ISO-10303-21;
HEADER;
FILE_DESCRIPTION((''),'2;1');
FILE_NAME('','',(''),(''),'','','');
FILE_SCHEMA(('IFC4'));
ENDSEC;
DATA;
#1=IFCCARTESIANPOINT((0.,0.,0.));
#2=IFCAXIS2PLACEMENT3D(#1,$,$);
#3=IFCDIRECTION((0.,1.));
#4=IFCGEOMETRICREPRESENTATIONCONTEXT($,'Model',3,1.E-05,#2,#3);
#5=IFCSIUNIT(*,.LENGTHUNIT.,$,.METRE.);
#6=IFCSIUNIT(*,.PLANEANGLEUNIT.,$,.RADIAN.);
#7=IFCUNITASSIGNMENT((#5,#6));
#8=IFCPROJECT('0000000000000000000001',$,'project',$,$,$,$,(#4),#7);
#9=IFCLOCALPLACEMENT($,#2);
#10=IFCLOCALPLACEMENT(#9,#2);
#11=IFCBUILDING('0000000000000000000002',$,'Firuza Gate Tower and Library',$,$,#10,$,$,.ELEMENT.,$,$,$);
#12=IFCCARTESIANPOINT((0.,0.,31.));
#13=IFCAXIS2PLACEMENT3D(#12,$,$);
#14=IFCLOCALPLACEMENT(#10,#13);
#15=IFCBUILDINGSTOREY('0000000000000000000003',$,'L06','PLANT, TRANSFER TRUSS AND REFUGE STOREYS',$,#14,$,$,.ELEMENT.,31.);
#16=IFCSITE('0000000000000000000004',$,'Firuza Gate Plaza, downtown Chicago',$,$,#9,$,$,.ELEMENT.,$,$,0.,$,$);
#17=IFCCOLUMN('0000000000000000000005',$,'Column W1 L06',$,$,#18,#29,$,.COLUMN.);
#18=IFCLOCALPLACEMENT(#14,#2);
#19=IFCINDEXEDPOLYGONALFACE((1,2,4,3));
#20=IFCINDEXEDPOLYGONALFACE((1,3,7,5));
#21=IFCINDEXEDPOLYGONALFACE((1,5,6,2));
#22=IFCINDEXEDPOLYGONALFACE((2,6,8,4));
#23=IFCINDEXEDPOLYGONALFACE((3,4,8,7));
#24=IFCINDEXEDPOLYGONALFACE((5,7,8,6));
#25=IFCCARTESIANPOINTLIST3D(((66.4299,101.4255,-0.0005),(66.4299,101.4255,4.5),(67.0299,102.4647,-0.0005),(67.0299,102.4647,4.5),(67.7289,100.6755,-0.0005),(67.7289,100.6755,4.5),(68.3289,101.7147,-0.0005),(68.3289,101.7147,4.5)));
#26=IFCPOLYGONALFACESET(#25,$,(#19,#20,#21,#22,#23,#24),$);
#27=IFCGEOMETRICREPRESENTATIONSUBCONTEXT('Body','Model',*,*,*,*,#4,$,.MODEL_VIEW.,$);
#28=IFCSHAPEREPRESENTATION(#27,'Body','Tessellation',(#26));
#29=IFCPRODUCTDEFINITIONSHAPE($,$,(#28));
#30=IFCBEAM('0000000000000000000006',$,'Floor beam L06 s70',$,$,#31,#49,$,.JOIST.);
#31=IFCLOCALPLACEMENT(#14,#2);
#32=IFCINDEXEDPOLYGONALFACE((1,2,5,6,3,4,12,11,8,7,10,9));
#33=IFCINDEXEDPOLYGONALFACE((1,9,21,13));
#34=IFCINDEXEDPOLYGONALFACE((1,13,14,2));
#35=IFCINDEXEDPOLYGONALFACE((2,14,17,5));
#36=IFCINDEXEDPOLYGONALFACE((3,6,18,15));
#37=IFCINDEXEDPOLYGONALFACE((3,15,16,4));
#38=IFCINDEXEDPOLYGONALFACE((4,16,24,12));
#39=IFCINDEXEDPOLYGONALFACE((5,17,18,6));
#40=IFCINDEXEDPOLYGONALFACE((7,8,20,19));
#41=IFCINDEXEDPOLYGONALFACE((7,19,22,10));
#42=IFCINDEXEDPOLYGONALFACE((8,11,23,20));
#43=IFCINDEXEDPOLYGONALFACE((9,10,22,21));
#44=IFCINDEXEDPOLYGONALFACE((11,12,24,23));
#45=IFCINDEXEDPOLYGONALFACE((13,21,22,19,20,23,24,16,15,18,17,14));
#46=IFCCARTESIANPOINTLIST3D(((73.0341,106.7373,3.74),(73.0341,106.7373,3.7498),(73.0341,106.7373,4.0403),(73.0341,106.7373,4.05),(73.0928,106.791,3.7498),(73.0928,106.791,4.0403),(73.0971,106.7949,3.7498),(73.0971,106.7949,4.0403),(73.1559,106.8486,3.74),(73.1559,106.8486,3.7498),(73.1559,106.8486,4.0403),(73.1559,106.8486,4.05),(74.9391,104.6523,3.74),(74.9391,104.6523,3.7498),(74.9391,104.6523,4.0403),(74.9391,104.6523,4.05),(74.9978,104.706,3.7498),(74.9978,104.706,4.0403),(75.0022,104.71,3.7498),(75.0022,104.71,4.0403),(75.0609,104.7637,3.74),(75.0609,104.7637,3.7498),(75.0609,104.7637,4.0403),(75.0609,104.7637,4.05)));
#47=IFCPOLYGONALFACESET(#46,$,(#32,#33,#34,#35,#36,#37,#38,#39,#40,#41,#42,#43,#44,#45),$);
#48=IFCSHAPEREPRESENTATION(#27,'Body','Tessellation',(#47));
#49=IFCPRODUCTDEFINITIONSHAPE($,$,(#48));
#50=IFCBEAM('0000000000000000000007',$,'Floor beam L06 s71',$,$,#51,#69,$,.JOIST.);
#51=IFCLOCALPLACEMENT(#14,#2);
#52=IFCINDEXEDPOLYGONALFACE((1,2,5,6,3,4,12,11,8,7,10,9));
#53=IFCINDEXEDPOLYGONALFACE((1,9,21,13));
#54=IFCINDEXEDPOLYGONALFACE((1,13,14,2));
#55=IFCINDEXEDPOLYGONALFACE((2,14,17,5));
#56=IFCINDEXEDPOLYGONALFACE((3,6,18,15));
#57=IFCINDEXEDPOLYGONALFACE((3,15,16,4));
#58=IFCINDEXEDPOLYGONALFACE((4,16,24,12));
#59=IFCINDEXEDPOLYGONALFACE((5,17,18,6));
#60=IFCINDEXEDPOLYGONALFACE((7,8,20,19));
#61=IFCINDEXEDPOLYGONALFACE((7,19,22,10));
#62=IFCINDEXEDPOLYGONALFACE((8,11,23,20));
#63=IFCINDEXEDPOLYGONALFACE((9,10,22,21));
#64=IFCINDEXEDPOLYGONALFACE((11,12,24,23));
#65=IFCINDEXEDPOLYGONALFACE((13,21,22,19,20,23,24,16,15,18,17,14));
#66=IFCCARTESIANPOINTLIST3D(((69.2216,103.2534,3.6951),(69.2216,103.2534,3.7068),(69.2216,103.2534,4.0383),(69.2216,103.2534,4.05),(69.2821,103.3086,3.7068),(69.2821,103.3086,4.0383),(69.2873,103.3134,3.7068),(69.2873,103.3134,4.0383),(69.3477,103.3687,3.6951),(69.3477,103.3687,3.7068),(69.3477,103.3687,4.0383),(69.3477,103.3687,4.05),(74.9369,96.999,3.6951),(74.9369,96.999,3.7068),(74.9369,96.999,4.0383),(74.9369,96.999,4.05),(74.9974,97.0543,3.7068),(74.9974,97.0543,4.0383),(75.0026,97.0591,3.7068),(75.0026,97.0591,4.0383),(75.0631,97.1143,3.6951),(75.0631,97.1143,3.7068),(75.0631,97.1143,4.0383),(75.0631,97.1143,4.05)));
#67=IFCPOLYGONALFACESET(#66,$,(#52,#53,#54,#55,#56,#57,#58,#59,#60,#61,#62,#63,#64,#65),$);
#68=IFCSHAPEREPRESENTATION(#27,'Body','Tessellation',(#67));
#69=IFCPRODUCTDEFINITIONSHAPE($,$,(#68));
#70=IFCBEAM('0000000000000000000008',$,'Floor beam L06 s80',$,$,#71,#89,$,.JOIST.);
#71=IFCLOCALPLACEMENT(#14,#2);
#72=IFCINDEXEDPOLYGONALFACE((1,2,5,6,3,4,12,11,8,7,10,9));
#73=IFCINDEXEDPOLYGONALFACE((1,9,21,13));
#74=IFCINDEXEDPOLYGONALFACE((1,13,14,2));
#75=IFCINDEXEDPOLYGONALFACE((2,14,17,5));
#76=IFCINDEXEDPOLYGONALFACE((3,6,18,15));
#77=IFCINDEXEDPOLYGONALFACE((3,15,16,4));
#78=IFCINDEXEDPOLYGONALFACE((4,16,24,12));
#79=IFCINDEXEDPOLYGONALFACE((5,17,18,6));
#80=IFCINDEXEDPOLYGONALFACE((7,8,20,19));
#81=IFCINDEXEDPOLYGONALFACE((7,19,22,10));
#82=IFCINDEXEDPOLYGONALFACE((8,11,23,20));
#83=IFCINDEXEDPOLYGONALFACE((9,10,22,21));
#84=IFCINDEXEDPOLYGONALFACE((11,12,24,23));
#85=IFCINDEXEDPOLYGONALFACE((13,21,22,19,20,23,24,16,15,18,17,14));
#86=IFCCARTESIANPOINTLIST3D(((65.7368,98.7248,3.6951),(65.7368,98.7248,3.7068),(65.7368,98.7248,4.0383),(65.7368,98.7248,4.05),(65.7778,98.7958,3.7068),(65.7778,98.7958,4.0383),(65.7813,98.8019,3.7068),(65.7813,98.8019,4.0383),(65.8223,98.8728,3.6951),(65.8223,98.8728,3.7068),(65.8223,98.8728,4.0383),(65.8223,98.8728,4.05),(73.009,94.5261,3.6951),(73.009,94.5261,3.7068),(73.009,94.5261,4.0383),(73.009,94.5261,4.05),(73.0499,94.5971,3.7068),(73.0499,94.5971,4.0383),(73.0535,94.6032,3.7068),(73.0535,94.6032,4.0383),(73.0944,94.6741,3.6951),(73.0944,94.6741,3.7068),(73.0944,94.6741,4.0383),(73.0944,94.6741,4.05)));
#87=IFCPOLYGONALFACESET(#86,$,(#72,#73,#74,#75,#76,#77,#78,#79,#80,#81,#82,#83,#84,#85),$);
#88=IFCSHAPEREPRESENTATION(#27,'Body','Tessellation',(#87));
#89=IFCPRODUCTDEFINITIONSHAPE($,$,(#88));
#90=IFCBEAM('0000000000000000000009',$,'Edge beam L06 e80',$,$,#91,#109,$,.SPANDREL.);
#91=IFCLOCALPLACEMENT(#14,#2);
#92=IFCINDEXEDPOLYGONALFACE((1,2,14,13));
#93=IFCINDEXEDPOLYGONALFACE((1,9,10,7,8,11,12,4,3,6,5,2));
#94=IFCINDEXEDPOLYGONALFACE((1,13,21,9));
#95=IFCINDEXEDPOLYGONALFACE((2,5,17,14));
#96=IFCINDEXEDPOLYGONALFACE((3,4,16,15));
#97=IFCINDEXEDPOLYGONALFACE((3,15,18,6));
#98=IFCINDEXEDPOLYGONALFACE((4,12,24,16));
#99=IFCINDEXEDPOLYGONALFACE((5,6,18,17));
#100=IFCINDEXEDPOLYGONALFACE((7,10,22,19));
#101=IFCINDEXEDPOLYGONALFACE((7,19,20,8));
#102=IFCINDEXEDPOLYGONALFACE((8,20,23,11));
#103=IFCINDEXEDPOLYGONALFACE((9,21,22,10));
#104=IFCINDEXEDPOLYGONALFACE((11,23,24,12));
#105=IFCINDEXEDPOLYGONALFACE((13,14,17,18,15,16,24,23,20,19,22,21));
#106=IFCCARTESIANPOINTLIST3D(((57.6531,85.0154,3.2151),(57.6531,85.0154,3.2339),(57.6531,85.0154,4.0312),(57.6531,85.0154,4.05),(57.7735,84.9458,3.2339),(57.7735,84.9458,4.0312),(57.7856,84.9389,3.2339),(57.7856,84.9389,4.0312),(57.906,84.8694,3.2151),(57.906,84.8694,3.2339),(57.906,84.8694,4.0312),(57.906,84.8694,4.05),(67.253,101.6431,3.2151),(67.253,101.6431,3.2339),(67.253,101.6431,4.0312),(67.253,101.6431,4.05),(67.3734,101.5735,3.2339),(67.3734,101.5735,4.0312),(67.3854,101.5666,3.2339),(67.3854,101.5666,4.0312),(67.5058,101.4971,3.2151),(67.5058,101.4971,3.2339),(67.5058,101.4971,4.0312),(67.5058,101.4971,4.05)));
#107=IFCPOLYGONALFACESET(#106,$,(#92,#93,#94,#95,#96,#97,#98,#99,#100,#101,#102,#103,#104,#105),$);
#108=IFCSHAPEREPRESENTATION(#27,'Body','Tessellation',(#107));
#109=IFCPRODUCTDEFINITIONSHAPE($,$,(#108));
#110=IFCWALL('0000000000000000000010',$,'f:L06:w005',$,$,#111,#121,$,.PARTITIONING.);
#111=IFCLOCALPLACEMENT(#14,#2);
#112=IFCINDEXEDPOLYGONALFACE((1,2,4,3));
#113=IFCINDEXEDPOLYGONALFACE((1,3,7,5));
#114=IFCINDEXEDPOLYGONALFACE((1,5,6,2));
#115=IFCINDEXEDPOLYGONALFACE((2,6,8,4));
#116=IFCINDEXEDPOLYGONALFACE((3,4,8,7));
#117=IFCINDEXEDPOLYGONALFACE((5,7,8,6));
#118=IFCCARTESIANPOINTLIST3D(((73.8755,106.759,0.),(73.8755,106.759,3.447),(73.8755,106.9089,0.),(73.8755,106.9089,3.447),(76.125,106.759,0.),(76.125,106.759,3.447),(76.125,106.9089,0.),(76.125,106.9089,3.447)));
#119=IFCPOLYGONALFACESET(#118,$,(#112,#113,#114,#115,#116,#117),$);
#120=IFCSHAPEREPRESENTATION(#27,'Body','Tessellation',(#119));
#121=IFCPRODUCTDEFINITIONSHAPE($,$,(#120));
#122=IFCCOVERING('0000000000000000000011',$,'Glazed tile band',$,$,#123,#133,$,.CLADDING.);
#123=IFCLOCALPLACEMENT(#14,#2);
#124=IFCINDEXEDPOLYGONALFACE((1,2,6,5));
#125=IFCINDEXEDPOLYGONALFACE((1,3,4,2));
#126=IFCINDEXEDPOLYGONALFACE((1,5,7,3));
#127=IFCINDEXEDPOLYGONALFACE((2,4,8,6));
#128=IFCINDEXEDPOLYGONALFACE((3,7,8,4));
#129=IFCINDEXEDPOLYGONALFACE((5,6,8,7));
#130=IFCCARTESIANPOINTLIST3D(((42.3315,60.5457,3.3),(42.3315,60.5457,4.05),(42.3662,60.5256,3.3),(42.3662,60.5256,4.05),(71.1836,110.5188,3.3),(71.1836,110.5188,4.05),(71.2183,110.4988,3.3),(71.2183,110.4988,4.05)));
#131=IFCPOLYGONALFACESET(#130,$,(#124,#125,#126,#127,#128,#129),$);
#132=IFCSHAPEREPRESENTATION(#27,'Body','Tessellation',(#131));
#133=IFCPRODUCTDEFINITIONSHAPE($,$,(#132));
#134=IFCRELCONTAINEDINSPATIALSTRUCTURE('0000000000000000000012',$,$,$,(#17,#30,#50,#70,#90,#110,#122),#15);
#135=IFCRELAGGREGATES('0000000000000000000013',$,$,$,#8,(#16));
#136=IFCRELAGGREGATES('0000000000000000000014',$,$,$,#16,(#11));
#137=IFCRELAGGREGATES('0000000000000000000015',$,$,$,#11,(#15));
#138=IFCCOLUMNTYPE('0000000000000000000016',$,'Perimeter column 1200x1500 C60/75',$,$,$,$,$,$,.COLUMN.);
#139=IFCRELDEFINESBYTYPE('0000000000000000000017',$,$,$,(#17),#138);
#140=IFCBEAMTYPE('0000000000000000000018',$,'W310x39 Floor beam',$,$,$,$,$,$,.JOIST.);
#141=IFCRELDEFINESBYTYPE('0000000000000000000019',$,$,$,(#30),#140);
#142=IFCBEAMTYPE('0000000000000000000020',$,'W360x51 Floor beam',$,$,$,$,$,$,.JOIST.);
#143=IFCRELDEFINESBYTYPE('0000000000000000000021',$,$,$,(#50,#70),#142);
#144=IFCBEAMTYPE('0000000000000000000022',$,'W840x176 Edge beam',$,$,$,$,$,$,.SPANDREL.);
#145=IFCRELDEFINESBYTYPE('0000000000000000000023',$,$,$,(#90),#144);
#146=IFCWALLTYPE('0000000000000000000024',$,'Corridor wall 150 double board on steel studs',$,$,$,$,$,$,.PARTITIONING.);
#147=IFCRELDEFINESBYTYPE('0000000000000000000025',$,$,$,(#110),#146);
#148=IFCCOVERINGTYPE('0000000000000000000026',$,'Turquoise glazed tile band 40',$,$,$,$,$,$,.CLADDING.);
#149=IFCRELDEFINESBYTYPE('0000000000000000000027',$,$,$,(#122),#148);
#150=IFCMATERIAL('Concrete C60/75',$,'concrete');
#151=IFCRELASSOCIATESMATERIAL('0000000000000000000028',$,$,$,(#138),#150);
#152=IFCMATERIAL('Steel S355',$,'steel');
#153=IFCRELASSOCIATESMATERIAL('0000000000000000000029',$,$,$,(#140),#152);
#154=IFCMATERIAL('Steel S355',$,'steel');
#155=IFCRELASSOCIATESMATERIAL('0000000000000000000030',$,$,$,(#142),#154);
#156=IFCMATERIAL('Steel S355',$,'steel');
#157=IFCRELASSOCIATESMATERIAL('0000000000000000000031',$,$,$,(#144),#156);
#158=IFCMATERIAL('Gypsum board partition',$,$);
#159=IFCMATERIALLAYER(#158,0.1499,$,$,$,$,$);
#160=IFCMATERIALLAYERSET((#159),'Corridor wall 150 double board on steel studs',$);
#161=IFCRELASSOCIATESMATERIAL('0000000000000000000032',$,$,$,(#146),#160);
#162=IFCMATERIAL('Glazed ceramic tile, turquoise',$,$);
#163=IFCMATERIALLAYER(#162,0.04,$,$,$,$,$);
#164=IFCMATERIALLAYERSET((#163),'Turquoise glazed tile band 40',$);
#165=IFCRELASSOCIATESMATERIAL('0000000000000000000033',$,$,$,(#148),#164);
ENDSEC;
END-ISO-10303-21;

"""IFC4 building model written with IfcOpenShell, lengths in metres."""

from ifc_helpers import new_model, si_unit, direction, frame, frame_2d, origin, origin_2d, place, context, subcontext, project, spatial, polyline, rectangle, i_section, outline, extrude, material, layer, layer_set, material_profile, profile_set, type_object, element, save


model = new_model("IFC4")

# Units and contexts
model_context = context("Model", 3, precision=1e-05, world=origin(), true_north=direction((0.0, 1.0)))
body_context = subcontext(model_context, "Body", "Model", "MODEL_VIEW")
ifc_project = project(units=[si_unit("LENGTHUNIT", "METRE"), si_unit("PLANEANGLEUNIT", "RADIAN")], contexts=[model_context])

# Site, building, storey
site_placement = place(None, origin())
site = spatial("IfcSite", under=ifc_project, at=site_placement, Name="Firuza Gate Plaza, downtown Chicago", CompositionType="ELEMENT", RefElevation=0.0)
building_placement = place(site_placement, origin())
building = spatial("IfcBuilding", under=site, at=building_placement, Name="Firuza Gate Tower and Library", CompositionType="ELEMENT")
storey_placement = place(building_placement, frame((0.0, 0.0, 31.0)))
storey = spatial("IfcBuildingStorey", under=building, at=storey_placement, Name="L06", Description="PLANT, TRANSFER TRUSS AND REFUGE STOREYS", CompositionType="ELEMENT", Elevation=31.0)

# Column
ifc_material_1 = material(Name="Concrete C60/75", Category="concrete")
ifc_material_profile_1 = material_profile(ifc_material_1, rectangle(XDim=1.2, YDim=1.5, at=origin_2d()))
ifc_profile_set_1 = profile_set([ifc_material_profile_1], Name="Concrete C60/75")
column_type = type_object("IfcColumnType", Name="Perimeter column 1200x1500 C60/75", PredefinedType="COLUMN", material=ifc_profile_set_1)
column_placement = place(storey_placement, frame((67.3794, 101.5701, -0.0005), z_axis=(0.0, 0.0, 1.0), x_axis=(-0.5, -0.866025, 0.0)))
element("IfcColumn", 1, at=column_placement, inside=storey, type_object=column_type, Name="Column W1 L06", PredefinedType="COLUMN", context=body_context, shape_type="SweptSolid", body=[
    extrude(rectangle(XDim=1.2, YDim=1.5, at=origin_2d()), origin(), (0.0, 0.0, 1.0), 4.5005),
])

# Beams
ifc_material_2 = material(Name="Steel S355", Category="steel")
ifc_material_profile_2 = material_profile(ifc_material_2, i_section(OverallWidth=0.165, OverallDepth=0.3101, WebThickness=0.0059, FlangeThickness=0.0098, at=origin_2d()))
ifc_profile_set_2 = profile_set([ifc_material_profile_2], Name="Steel S355")
beam_type_1 = type_object("IfcBeamType", Name="W310x39 Floor beam", PredefinedType="JOIST", material=ifc_profile_set_2)
beam_1_placement = place(storey_placement, frame((73.095, 106.793, 3.895), z_axis=(0.674534, -0.738244, 0.0), x_axis=(0.738244, 0.674534, 0.0)))
element("IfcBeam", 2, at=beam_1_placement, inside=storey, type_object=beam_type_1, Name="Floor beam L06 s70", PredefinedType="JOIST", context=body_context, shape_type="SweptSolid", body=[
    extrude(i_section(OverallWidth=0.165, OverallDepth=0.3101, WebThickness=0.0059, FlangeThickness=0.0098, at=origin_2d()), origin(), (0.0, 0.0, 1.0), 2.8242),
])
ifc_material_3 = material(Name="Steel S355", Category="steel")
ifc_material_profile_3 = material_profile(ifc_material_3, i_section(OverallWidth=0.1709, OverallDepth=0.355, WebThickness=0.0071, FlangeThickness=0.0117, at=origin_2d()))
ifc_profile_set_3 = profile_set([ifc_material_profile_3], Name="Steel S355")
beam_type_2 = type_object("IfcBeamType", Name="W360x51 Floor beam", PredefinedType="JOIST", material=ifc_profile_set_3)
beam_2_placement = place(storey_placement, frame((69.2847, 103.311, 3.8726), z_axis=(0.674578, -0.738203, 0.0), x_axis=(0.738203, 0.674578, 0.0)))
element("IfcBeam", 3, at=beam_2_placement, inside=storey, type_object=beam_type_2, Name="Floor beam L06 s71", PredefinedType="JOIST", context=body_context, shape_type="SweptSolid", body=[
    extrude(i_section(OverallWidth=0.1709, OverallDepth=0.355, WebThickness=0.0071, FlangeThickness=0.0117, at=origin_2d()), origin(), (0.0, 0.0, 1.0), 8.4724),
])
beam_3_placement = place(storey_placement, frame((65.7795, 98.7988, 3.8726), z_axis=(0.86602, -0.50001, 0.0), x_axis=(0.50001, 0.86602, 0.0)))
element("IfcBeam", 4, at=beam_3_placement, inside=storey, type_object=beam_type_2, Name="Floor beam L06 s80", PredefinedType="JOIST", context=body_context, shape_type="SweptSolid", body=[
    extrude(i_section(OverallWidth=0.1709, OverallDepth=0.355, WebThickness=0.0071, FlangeThickness=0.0117, at=origin_2d()), origin(), (0.0, 0.0, 1.0), 8.3972),
])
ifc_material_4 = material(Name="Steel S355", Category="steel")
ifc_material_profile_4 = material_profile(ifc_material_4, i_section(OverallWidth=0.292, OverallDepth=0.835, WebThickness=0.0139, FlangeThickness=0.0188, at=origin_2d()))
ifc_profile_set_4 = profile_set([ifc_material_profile_4], Name="Steel S355")
beam_type_3 = type_object("IfcBeamType", Name="W840x176 Edge beam", PredefinedType="SPANDREL", material=ifc_profile_set_4)
beam_4_placement = place(storey_placement, frame((67.3794, 101.5701, 3.6326), z_axis=(-0.499994, -0.866029, 0.0), x_axis=(0.866029, -0.499994, 0.0)))
element("IfcBeam", 5, at=beam_4_placement, inside=storey, type_object=beam_type_3, Name="Edge beam L06 e80", PredefinedType="SPANDREL", context=body_context, shape_type="SweptSolid", body=[
    extrude(i_section(OverallWidth=0.292, OverallDepth=0.835, WebThickness=0.0139, FlangeThickness=0.0188, at=origin_2d()), origin(), (0.0, 0.0, 1.0), 19.2),
])

# Wall
ifc_material_5 = material(Name="Gypsum board partition")
ifc_layer_1 = layer(ifc_material_5, 0.1499)
ifc_layer_set_1 = layer_set([ifc_layer_1], Name="Corridor wall 150 double board on steel studs")
wall_type_1 = type_object("IfcWallType", Name="Corridor wall 150 double board on steel studs", PredefinedType="PARTITIONING", material=ifc_layer_set_1)
wall_1_placement = place(storey_placement, frame((73.8755, 106.834, 0.0), z_axis=(0.0, 0.0, 1.0), x_axis=(1.0, 0.0, 0.0)))
element("IfcWall", 6, at=wall_1_placement, inside=storey, type_object=wall_type_1, Name="f:L06:w005", PredefinedType="PARTITIONING", context=body_context, shape_type="SweptSolid", body=[
    extrude(rectangle(XDim=2.2495, YDim=0.1499, at=frame_2d((1.1248, 0.0))), origin(), (0.0, 0.0, 1.0), 3.447),
])

# Covering
ifc_material_6 = material(Name="Glazed ceramic tile, turquoise")
ifc_layer_2 = layer(ifc_material_6, 0.04)
ifc_layer_set_2 = layer_set([ifc_layer_2], Name="Turquoise glazed tile band 40")
covering_type = type_object("IfcCoveringType", Name="Turquoise glazed tile band 40", PredefinedType="CLADDING", material=ifc_layer_set_2)
covering_placement = place(storey_placement, frame((71.1836, 110.5188, 3.3), z_axis=(-0.866025, 0.500001, 0.0), x_axis=(-0.500001, -0.866025, 0.0)))
element("IfcCovering", 7, at=covering_placement, inside=storey, type_object=covering_type, Name="Glazed tile band", PredefinedType="CLADDING", context=body_context, shape_type="SweptSolid", body=[
    extrude(outline(polyline([(0.0, 0.0), (57.704, 0.0), (57.704, 0.75), (0.0, 0.75), (0.0, 0.0)])), origin(), (0.0, 0.0, -1.0), 0.04),
])

save(model, "model.ifc")
